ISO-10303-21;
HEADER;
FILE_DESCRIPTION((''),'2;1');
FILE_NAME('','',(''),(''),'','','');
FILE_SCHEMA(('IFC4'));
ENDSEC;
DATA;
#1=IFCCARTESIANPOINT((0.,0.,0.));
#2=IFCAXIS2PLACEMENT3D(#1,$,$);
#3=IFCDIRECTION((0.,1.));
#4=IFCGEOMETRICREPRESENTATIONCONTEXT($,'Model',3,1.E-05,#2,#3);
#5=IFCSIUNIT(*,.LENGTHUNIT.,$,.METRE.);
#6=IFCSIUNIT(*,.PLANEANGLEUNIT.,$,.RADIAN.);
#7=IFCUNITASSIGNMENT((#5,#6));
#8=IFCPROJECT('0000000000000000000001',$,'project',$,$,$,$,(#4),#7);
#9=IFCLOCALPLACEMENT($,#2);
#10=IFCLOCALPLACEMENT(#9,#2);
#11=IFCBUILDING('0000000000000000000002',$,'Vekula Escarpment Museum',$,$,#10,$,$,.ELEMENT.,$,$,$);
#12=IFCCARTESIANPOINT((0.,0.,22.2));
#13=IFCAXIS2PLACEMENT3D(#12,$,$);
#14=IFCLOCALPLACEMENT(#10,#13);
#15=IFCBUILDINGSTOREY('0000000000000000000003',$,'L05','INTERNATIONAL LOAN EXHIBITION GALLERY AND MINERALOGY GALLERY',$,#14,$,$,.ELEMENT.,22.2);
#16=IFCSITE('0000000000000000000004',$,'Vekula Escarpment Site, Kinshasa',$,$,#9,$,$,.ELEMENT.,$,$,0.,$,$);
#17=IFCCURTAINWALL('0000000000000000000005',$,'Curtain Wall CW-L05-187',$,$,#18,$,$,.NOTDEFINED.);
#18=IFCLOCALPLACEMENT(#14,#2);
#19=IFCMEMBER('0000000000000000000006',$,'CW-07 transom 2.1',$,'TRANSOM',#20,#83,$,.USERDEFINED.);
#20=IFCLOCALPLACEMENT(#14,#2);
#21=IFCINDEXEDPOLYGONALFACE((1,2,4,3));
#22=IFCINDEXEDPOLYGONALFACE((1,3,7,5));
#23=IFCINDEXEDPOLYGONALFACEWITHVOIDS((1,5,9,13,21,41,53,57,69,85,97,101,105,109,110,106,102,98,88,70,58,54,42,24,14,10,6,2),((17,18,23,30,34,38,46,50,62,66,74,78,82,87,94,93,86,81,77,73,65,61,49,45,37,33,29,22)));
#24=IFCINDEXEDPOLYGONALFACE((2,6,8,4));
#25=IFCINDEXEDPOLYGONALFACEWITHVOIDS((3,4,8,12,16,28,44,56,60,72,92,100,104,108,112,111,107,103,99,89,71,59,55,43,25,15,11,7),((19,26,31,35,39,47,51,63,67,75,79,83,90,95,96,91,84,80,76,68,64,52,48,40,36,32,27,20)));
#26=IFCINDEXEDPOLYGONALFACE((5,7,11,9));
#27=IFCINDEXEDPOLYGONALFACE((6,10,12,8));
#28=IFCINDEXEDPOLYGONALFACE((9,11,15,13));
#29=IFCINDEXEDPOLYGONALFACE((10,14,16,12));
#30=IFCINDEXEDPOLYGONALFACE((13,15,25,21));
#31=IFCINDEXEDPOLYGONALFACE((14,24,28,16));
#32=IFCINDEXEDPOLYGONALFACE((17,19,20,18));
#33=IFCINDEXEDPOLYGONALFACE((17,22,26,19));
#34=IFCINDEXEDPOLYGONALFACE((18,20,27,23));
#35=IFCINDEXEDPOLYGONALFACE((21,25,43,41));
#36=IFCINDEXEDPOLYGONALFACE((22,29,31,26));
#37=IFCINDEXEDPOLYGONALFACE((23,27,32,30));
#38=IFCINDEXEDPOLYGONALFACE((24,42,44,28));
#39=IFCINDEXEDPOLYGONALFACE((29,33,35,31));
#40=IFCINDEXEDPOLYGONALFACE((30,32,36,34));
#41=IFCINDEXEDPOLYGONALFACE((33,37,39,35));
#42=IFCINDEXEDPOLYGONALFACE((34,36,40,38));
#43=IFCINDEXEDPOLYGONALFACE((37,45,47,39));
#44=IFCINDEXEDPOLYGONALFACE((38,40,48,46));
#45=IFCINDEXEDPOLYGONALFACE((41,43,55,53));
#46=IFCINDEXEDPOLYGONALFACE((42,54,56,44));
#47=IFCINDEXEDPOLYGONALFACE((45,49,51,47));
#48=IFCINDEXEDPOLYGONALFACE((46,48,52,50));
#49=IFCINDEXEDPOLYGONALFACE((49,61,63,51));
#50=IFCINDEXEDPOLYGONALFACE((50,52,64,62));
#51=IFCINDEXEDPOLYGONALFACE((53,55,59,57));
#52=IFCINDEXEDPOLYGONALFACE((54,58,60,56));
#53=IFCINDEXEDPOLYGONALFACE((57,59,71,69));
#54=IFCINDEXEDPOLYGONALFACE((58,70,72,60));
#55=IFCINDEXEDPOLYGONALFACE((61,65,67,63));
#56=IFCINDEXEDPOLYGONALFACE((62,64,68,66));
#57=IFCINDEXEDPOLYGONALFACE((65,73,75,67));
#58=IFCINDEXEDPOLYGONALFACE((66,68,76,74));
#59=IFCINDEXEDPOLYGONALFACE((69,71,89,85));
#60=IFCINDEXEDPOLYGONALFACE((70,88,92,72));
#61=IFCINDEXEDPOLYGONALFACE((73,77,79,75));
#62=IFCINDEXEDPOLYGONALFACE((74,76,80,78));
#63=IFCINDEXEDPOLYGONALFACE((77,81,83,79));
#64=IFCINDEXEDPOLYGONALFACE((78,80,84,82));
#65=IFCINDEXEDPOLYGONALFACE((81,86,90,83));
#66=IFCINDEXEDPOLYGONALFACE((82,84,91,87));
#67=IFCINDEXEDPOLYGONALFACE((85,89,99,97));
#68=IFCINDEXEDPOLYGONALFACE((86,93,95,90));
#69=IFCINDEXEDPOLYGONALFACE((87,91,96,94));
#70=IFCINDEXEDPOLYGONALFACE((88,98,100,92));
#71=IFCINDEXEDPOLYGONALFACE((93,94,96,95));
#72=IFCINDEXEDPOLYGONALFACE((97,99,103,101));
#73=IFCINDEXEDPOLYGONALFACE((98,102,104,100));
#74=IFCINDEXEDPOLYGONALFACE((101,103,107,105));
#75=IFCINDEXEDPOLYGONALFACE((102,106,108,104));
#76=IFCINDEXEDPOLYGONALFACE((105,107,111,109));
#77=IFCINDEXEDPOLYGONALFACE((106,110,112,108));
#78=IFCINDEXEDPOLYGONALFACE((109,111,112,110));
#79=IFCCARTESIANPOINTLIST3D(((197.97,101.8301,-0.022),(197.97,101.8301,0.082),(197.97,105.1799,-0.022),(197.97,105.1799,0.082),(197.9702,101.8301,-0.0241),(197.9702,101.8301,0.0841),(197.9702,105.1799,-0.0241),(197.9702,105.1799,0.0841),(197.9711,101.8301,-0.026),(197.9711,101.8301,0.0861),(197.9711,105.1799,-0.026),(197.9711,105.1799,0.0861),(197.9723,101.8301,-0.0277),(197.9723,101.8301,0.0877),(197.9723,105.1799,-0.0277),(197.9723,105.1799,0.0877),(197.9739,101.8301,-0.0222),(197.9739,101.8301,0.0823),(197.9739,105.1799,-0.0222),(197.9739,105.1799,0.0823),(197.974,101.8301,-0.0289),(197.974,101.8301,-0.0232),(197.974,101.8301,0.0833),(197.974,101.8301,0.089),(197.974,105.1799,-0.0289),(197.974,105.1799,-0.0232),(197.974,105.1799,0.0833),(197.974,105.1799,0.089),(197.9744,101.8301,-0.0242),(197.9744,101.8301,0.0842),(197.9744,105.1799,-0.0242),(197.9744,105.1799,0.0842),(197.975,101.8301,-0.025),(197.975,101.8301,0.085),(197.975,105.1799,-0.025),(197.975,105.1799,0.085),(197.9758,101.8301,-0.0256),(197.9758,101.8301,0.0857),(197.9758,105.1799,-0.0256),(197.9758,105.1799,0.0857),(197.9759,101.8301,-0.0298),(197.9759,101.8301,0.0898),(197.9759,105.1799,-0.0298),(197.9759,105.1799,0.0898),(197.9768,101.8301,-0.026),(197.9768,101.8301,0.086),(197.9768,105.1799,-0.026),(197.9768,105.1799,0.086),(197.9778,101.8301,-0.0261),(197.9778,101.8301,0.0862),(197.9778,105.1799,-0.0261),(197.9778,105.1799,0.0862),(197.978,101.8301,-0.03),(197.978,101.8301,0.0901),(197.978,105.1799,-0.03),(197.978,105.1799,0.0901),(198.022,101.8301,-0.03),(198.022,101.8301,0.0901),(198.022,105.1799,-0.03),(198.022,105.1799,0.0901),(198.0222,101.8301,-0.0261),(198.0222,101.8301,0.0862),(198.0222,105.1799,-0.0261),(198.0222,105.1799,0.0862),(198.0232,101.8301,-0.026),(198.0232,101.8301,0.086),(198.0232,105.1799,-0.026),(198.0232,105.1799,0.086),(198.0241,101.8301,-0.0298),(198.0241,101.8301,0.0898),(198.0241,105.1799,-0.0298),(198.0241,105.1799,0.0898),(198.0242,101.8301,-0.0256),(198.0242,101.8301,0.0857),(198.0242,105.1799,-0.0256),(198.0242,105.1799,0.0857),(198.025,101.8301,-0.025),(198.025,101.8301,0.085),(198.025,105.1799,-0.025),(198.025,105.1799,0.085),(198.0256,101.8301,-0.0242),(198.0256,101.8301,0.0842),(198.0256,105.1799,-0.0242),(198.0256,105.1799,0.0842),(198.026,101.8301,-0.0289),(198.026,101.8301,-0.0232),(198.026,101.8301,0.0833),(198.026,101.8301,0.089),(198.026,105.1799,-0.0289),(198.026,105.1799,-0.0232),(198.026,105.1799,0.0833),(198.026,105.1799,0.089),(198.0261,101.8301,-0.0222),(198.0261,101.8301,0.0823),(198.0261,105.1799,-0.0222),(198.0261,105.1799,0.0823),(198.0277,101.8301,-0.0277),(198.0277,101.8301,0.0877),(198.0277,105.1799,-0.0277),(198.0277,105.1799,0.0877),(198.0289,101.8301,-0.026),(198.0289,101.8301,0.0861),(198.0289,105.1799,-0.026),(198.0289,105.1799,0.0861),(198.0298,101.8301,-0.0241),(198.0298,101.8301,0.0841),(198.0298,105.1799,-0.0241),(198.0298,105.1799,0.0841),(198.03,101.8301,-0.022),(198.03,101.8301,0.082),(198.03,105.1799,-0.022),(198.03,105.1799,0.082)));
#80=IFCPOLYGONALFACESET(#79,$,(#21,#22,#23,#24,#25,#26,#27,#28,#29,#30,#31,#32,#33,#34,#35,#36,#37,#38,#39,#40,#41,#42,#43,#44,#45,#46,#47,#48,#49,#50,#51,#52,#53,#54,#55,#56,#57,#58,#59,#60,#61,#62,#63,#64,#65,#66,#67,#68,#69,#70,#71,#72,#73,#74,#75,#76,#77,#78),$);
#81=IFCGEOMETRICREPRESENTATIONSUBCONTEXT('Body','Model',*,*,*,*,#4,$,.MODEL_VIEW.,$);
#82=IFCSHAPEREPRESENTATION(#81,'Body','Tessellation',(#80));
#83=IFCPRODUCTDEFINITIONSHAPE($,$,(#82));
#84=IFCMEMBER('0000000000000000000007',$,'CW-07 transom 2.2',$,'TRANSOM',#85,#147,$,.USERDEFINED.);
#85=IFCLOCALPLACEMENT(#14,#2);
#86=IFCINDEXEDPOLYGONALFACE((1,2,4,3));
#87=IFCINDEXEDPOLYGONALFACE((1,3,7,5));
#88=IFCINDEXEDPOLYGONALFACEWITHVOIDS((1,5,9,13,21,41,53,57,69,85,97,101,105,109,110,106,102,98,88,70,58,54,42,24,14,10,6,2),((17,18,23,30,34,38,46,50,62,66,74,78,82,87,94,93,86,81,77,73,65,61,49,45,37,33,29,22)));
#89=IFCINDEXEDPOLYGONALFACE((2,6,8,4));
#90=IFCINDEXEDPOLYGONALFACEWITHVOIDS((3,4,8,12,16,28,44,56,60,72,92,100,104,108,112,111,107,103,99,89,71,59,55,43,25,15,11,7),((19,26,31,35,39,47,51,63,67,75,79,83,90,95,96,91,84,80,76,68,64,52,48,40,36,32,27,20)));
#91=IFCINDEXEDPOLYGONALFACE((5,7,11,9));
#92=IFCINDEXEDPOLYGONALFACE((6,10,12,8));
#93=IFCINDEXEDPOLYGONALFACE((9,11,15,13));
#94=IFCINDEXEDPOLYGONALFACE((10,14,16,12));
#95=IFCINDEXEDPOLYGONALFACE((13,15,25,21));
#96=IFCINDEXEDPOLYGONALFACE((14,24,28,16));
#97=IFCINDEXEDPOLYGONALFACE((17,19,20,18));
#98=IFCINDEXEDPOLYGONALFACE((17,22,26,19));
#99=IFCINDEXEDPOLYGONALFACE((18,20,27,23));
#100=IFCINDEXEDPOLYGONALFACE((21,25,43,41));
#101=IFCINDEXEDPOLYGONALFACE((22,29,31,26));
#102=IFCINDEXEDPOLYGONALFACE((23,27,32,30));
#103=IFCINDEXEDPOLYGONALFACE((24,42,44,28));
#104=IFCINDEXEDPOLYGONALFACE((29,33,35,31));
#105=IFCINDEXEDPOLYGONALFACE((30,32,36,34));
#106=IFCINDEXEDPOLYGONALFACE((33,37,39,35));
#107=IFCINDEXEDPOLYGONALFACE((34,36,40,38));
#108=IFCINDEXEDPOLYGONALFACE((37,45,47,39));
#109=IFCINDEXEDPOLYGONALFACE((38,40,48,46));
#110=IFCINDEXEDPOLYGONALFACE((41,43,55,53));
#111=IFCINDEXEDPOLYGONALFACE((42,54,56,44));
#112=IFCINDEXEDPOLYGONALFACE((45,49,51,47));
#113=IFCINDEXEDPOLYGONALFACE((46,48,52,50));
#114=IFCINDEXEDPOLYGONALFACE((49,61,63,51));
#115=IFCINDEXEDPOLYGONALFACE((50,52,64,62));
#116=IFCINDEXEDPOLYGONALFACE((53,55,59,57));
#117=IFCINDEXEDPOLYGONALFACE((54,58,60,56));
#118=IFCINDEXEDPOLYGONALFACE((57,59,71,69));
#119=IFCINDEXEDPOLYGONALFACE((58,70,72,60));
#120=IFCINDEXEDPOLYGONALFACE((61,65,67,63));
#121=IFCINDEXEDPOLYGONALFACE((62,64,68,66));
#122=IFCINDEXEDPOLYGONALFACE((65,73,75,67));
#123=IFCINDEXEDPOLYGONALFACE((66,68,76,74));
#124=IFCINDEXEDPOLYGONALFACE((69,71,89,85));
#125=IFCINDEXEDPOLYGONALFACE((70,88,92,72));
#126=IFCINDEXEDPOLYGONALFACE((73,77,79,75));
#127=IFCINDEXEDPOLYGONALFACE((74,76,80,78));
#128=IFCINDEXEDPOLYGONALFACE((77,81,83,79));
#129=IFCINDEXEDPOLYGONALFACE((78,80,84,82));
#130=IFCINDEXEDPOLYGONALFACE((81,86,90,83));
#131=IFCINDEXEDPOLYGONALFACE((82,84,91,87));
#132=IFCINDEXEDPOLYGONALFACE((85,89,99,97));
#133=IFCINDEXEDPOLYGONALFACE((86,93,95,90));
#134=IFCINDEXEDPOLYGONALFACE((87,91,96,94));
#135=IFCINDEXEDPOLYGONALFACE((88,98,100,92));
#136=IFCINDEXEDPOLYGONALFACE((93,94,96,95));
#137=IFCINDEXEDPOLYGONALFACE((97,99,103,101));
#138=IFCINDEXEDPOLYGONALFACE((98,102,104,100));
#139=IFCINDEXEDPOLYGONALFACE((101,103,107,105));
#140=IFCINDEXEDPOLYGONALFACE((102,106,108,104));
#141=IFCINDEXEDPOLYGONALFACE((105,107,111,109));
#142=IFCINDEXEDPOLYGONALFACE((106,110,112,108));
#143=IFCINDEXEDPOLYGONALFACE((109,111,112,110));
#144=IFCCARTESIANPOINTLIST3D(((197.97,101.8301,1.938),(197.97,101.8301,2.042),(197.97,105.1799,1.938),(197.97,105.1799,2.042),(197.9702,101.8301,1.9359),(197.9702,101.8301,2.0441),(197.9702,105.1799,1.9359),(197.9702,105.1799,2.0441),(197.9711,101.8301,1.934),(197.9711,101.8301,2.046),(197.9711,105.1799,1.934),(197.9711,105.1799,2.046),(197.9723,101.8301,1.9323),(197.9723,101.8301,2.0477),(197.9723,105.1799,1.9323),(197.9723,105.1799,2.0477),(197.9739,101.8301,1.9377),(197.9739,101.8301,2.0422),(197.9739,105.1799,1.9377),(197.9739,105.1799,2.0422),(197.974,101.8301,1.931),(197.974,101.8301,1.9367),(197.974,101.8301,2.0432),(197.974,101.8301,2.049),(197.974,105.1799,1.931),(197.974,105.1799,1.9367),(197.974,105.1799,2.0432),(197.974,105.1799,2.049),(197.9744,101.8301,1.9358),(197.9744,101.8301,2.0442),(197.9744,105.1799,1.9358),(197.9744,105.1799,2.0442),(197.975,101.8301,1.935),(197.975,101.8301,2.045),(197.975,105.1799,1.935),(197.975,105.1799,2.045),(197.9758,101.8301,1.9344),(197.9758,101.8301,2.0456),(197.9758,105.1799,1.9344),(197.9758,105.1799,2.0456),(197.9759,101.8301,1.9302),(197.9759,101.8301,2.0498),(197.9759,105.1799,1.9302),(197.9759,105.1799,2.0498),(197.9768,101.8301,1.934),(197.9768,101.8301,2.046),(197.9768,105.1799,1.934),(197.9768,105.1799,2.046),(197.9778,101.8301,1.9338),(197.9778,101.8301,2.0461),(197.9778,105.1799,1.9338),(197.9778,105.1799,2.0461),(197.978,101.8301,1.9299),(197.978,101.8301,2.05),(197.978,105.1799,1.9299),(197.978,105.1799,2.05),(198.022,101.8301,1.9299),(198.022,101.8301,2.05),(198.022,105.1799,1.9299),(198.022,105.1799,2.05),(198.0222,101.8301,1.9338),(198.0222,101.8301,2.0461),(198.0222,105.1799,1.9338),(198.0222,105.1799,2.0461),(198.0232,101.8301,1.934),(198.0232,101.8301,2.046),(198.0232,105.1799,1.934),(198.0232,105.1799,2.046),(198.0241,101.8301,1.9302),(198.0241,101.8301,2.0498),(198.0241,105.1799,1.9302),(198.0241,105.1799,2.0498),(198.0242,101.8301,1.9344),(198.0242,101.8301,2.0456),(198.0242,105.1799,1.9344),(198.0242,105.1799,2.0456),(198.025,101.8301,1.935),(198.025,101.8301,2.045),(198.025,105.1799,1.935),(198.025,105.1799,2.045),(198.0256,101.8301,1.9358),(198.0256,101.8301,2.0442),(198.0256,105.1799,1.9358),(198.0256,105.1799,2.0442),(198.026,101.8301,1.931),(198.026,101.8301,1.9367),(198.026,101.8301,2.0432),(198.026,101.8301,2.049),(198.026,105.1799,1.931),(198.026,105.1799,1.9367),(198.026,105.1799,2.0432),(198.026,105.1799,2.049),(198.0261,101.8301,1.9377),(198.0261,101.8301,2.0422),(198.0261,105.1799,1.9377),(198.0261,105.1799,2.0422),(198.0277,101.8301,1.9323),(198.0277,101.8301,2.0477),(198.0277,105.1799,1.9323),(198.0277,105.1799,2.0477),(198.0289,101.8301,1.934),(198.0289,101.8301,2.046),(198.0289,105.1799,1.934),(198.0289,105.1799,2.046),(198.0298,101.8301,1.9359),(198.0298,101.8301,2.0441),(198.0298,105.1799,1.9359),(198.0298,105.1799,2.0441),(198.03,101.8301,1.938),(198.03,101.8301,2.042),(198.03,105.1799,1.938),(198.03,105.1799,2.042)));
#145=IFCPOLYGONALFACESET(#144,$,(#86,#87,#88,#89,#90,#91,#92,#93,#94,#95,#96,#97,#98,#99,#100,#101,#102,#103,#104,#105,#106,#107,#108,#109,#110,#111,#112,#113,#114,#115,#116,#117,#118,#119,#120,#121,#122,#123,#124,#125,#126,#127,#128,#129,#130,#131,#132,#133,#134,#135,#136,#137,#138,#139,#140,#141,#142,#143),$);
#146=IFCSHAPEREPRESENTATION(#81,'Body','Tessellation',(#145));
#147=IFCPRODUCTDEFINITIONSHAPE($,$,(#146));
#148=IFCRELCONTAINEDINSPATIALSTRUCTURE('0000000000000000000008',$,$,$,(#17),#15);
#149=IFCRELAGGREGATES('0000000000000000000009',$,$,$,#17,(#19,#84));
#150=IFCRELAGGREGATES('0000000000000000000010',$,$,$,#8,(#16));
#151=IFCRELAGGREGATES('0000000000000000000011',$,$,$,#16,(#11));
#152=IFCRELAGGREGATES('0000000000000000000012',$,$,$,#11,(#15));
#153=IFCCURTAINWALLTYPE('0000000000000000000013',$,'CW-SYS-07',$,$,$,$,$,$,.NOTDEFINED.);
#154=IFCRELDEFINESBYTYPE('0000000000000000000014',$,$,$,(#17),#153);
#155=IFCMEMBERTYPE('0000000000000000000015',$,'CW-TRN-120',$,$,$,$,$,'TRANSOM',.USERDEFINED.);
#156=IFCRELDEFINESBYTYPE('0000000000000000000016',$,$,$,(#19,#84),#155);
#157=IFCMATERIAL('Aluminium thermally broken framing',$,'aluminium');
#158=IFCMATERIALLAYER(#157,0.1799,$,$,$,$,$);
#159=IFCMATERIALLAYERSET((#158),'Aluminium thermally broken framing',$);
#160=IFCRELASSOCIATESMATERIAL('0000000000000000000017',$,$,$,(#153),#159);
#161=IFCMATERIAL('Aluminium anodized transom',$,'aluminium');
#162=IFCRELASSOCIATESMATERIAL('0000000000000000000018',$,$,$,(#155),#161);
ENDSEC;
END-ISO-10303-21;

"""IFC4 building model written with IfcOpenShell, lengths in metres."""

from ifc_helpers import new_model, si_unit, direction, frame, origin, origin_2d, place, context, subcontext, project, spatial, hollow_rectangle, extrude, material, layer, layer_set, material_profile, profile_set, type_object, element, aggregate, save


model = new_model("IFC4")

# Units and contexts
model_context = context("Model", 3, precision=1e-05, world=origin(), true_north=direction((0.0, 1.0)))
body_context = subcontext(model_context, "Body", "Model", "MODEL_VIEW")
ifc_project = project(units=[si_unit("LENGTHUNIT", "METRE"), si_unit("PLANEANGLEUNIT", "RADIAN")], contexts=[model_context])

# Site, building, storey
site_placement = place(None, origin())
site = spatial("IfcSite", under=ifc_project, at=site_placement, Name="Vekula Escarpment Site, Kinshasa", CompositionType="ELEMENT", RefElevation=0.0)
building_placement = place(site_placement, origin())
building = spatial("IfcBuilding", under=site, at=building_placement, Name="Vekula Escarpment Museum", CompositionType="ELEMENT")
storey_placement = place(building_placement, frame((0.0, 0.0, 22.2)))
storey = spatial("IfcBuildingStorey", under=building, at=storey_placement, Name="L05", Description="INTERNATIONAL LOAN EXHIBITION GALLERY AND MINERALOGY GALLERY", CompositionType="ELEMENT", Elevation=22.2)

# Curtain wall, members
ifc_material_1 = material(Name="Aluminium thermally broken framing", Category="aluminium")
ifc_layer_1 = layer(ifc_material_1, 0.1799)
ifc_layer_set_1 = layer_set([ifc_layer_1], Name="Aluminium thermally broken framing")
curtain_wall_type = type_object("IfcCurtainWallType", Name="CW-SYS-07", PredefinedType="NOTDEFINED", material=ifc_layer_set_1)
curtain_wall_placement = place(storey_placement, origin())
curtain_wall = element("IfcCurtainWall", 1, at=curtain_wall_placement, inside=storey, type_object=curtain_wall_type, Name="Curtain Wall CW-L05-187", PredefinedType="NOTDEFINED")
ifc_material_2 = material(Name="Aluminium anodized transom", Category="aluminium")
ifc_material_profile_1 = material_profile(ifc_material_2, hollow_rectangle(XDim=0.0601, YDim=0.1201, WallThickness=0.0039, InnerFilletRadius=0.0039, OuterFilletRadius=0.0081, at=origin_2d()), Name="ALU 120x60x4")
ifc_profile_set_1 = profile_set([ifc_material_profile_1], Name="Aluminium anodized transom")
member_type_1 = type_object("IfcMemberType", Name="CW-TRN-120", ElementType="TRANSOM", PredefinedType="USERDEFINED", material=ifc_profile_set_1)
member_1_placement = place(storey_placement, frame((198.0, 101.8301, 0.03), z_axis=(0.0, 1.0, 0.0), x_axis=(-1.0, 0.0, 0.0)))
member_1 = element("IfcMember", 2, at=member_1_placement, type_object=member_type_1, Name="CW-07 transom 2.1", ObjectType="TRANSOM", PredefinedType="USERDEFINED", context=body_context, shape_type="SweptSolid", body=[
    extrude(hollow_rectangle(XDim=0.0601, YDim=0.1201, WallThickness=0.0039, InnerFilletRadius=0.0039, OuterFilletRadius=0.0081, at=origin_2d()), origin(), (0.0, 0.0, 1.0), 3.3499),
])
member_2_placement = place(storey_placement, frame((198.0, 101.8301, 1.99), z_axis=(0.0, 1.0, 0.0), x_axis=(-1.0, 0.0, 0.0)))
member_2 = element("IfcMember", 3, at=member_2_placement, type_object=member_type_1, Name="CW-07 transom 2.2", ObjectType="TRANSOM", PredefinedType="USERDEFINED", context=body_context, shape_type="SweptSolid", body=[
    extrude(hollow_rectangle(XDim=0.0601, YDim=0.1201, WallThickness=0.0039, InnerFilletRadius=0.0039, OuterFilletRadius=0.0081, at=origin_2d()), origin(), (0.0, 0.0, 1.0), 3.3499),
])
aggregate(curtain_wall, [member_1, member_2])

save(model, "model.ifc")
